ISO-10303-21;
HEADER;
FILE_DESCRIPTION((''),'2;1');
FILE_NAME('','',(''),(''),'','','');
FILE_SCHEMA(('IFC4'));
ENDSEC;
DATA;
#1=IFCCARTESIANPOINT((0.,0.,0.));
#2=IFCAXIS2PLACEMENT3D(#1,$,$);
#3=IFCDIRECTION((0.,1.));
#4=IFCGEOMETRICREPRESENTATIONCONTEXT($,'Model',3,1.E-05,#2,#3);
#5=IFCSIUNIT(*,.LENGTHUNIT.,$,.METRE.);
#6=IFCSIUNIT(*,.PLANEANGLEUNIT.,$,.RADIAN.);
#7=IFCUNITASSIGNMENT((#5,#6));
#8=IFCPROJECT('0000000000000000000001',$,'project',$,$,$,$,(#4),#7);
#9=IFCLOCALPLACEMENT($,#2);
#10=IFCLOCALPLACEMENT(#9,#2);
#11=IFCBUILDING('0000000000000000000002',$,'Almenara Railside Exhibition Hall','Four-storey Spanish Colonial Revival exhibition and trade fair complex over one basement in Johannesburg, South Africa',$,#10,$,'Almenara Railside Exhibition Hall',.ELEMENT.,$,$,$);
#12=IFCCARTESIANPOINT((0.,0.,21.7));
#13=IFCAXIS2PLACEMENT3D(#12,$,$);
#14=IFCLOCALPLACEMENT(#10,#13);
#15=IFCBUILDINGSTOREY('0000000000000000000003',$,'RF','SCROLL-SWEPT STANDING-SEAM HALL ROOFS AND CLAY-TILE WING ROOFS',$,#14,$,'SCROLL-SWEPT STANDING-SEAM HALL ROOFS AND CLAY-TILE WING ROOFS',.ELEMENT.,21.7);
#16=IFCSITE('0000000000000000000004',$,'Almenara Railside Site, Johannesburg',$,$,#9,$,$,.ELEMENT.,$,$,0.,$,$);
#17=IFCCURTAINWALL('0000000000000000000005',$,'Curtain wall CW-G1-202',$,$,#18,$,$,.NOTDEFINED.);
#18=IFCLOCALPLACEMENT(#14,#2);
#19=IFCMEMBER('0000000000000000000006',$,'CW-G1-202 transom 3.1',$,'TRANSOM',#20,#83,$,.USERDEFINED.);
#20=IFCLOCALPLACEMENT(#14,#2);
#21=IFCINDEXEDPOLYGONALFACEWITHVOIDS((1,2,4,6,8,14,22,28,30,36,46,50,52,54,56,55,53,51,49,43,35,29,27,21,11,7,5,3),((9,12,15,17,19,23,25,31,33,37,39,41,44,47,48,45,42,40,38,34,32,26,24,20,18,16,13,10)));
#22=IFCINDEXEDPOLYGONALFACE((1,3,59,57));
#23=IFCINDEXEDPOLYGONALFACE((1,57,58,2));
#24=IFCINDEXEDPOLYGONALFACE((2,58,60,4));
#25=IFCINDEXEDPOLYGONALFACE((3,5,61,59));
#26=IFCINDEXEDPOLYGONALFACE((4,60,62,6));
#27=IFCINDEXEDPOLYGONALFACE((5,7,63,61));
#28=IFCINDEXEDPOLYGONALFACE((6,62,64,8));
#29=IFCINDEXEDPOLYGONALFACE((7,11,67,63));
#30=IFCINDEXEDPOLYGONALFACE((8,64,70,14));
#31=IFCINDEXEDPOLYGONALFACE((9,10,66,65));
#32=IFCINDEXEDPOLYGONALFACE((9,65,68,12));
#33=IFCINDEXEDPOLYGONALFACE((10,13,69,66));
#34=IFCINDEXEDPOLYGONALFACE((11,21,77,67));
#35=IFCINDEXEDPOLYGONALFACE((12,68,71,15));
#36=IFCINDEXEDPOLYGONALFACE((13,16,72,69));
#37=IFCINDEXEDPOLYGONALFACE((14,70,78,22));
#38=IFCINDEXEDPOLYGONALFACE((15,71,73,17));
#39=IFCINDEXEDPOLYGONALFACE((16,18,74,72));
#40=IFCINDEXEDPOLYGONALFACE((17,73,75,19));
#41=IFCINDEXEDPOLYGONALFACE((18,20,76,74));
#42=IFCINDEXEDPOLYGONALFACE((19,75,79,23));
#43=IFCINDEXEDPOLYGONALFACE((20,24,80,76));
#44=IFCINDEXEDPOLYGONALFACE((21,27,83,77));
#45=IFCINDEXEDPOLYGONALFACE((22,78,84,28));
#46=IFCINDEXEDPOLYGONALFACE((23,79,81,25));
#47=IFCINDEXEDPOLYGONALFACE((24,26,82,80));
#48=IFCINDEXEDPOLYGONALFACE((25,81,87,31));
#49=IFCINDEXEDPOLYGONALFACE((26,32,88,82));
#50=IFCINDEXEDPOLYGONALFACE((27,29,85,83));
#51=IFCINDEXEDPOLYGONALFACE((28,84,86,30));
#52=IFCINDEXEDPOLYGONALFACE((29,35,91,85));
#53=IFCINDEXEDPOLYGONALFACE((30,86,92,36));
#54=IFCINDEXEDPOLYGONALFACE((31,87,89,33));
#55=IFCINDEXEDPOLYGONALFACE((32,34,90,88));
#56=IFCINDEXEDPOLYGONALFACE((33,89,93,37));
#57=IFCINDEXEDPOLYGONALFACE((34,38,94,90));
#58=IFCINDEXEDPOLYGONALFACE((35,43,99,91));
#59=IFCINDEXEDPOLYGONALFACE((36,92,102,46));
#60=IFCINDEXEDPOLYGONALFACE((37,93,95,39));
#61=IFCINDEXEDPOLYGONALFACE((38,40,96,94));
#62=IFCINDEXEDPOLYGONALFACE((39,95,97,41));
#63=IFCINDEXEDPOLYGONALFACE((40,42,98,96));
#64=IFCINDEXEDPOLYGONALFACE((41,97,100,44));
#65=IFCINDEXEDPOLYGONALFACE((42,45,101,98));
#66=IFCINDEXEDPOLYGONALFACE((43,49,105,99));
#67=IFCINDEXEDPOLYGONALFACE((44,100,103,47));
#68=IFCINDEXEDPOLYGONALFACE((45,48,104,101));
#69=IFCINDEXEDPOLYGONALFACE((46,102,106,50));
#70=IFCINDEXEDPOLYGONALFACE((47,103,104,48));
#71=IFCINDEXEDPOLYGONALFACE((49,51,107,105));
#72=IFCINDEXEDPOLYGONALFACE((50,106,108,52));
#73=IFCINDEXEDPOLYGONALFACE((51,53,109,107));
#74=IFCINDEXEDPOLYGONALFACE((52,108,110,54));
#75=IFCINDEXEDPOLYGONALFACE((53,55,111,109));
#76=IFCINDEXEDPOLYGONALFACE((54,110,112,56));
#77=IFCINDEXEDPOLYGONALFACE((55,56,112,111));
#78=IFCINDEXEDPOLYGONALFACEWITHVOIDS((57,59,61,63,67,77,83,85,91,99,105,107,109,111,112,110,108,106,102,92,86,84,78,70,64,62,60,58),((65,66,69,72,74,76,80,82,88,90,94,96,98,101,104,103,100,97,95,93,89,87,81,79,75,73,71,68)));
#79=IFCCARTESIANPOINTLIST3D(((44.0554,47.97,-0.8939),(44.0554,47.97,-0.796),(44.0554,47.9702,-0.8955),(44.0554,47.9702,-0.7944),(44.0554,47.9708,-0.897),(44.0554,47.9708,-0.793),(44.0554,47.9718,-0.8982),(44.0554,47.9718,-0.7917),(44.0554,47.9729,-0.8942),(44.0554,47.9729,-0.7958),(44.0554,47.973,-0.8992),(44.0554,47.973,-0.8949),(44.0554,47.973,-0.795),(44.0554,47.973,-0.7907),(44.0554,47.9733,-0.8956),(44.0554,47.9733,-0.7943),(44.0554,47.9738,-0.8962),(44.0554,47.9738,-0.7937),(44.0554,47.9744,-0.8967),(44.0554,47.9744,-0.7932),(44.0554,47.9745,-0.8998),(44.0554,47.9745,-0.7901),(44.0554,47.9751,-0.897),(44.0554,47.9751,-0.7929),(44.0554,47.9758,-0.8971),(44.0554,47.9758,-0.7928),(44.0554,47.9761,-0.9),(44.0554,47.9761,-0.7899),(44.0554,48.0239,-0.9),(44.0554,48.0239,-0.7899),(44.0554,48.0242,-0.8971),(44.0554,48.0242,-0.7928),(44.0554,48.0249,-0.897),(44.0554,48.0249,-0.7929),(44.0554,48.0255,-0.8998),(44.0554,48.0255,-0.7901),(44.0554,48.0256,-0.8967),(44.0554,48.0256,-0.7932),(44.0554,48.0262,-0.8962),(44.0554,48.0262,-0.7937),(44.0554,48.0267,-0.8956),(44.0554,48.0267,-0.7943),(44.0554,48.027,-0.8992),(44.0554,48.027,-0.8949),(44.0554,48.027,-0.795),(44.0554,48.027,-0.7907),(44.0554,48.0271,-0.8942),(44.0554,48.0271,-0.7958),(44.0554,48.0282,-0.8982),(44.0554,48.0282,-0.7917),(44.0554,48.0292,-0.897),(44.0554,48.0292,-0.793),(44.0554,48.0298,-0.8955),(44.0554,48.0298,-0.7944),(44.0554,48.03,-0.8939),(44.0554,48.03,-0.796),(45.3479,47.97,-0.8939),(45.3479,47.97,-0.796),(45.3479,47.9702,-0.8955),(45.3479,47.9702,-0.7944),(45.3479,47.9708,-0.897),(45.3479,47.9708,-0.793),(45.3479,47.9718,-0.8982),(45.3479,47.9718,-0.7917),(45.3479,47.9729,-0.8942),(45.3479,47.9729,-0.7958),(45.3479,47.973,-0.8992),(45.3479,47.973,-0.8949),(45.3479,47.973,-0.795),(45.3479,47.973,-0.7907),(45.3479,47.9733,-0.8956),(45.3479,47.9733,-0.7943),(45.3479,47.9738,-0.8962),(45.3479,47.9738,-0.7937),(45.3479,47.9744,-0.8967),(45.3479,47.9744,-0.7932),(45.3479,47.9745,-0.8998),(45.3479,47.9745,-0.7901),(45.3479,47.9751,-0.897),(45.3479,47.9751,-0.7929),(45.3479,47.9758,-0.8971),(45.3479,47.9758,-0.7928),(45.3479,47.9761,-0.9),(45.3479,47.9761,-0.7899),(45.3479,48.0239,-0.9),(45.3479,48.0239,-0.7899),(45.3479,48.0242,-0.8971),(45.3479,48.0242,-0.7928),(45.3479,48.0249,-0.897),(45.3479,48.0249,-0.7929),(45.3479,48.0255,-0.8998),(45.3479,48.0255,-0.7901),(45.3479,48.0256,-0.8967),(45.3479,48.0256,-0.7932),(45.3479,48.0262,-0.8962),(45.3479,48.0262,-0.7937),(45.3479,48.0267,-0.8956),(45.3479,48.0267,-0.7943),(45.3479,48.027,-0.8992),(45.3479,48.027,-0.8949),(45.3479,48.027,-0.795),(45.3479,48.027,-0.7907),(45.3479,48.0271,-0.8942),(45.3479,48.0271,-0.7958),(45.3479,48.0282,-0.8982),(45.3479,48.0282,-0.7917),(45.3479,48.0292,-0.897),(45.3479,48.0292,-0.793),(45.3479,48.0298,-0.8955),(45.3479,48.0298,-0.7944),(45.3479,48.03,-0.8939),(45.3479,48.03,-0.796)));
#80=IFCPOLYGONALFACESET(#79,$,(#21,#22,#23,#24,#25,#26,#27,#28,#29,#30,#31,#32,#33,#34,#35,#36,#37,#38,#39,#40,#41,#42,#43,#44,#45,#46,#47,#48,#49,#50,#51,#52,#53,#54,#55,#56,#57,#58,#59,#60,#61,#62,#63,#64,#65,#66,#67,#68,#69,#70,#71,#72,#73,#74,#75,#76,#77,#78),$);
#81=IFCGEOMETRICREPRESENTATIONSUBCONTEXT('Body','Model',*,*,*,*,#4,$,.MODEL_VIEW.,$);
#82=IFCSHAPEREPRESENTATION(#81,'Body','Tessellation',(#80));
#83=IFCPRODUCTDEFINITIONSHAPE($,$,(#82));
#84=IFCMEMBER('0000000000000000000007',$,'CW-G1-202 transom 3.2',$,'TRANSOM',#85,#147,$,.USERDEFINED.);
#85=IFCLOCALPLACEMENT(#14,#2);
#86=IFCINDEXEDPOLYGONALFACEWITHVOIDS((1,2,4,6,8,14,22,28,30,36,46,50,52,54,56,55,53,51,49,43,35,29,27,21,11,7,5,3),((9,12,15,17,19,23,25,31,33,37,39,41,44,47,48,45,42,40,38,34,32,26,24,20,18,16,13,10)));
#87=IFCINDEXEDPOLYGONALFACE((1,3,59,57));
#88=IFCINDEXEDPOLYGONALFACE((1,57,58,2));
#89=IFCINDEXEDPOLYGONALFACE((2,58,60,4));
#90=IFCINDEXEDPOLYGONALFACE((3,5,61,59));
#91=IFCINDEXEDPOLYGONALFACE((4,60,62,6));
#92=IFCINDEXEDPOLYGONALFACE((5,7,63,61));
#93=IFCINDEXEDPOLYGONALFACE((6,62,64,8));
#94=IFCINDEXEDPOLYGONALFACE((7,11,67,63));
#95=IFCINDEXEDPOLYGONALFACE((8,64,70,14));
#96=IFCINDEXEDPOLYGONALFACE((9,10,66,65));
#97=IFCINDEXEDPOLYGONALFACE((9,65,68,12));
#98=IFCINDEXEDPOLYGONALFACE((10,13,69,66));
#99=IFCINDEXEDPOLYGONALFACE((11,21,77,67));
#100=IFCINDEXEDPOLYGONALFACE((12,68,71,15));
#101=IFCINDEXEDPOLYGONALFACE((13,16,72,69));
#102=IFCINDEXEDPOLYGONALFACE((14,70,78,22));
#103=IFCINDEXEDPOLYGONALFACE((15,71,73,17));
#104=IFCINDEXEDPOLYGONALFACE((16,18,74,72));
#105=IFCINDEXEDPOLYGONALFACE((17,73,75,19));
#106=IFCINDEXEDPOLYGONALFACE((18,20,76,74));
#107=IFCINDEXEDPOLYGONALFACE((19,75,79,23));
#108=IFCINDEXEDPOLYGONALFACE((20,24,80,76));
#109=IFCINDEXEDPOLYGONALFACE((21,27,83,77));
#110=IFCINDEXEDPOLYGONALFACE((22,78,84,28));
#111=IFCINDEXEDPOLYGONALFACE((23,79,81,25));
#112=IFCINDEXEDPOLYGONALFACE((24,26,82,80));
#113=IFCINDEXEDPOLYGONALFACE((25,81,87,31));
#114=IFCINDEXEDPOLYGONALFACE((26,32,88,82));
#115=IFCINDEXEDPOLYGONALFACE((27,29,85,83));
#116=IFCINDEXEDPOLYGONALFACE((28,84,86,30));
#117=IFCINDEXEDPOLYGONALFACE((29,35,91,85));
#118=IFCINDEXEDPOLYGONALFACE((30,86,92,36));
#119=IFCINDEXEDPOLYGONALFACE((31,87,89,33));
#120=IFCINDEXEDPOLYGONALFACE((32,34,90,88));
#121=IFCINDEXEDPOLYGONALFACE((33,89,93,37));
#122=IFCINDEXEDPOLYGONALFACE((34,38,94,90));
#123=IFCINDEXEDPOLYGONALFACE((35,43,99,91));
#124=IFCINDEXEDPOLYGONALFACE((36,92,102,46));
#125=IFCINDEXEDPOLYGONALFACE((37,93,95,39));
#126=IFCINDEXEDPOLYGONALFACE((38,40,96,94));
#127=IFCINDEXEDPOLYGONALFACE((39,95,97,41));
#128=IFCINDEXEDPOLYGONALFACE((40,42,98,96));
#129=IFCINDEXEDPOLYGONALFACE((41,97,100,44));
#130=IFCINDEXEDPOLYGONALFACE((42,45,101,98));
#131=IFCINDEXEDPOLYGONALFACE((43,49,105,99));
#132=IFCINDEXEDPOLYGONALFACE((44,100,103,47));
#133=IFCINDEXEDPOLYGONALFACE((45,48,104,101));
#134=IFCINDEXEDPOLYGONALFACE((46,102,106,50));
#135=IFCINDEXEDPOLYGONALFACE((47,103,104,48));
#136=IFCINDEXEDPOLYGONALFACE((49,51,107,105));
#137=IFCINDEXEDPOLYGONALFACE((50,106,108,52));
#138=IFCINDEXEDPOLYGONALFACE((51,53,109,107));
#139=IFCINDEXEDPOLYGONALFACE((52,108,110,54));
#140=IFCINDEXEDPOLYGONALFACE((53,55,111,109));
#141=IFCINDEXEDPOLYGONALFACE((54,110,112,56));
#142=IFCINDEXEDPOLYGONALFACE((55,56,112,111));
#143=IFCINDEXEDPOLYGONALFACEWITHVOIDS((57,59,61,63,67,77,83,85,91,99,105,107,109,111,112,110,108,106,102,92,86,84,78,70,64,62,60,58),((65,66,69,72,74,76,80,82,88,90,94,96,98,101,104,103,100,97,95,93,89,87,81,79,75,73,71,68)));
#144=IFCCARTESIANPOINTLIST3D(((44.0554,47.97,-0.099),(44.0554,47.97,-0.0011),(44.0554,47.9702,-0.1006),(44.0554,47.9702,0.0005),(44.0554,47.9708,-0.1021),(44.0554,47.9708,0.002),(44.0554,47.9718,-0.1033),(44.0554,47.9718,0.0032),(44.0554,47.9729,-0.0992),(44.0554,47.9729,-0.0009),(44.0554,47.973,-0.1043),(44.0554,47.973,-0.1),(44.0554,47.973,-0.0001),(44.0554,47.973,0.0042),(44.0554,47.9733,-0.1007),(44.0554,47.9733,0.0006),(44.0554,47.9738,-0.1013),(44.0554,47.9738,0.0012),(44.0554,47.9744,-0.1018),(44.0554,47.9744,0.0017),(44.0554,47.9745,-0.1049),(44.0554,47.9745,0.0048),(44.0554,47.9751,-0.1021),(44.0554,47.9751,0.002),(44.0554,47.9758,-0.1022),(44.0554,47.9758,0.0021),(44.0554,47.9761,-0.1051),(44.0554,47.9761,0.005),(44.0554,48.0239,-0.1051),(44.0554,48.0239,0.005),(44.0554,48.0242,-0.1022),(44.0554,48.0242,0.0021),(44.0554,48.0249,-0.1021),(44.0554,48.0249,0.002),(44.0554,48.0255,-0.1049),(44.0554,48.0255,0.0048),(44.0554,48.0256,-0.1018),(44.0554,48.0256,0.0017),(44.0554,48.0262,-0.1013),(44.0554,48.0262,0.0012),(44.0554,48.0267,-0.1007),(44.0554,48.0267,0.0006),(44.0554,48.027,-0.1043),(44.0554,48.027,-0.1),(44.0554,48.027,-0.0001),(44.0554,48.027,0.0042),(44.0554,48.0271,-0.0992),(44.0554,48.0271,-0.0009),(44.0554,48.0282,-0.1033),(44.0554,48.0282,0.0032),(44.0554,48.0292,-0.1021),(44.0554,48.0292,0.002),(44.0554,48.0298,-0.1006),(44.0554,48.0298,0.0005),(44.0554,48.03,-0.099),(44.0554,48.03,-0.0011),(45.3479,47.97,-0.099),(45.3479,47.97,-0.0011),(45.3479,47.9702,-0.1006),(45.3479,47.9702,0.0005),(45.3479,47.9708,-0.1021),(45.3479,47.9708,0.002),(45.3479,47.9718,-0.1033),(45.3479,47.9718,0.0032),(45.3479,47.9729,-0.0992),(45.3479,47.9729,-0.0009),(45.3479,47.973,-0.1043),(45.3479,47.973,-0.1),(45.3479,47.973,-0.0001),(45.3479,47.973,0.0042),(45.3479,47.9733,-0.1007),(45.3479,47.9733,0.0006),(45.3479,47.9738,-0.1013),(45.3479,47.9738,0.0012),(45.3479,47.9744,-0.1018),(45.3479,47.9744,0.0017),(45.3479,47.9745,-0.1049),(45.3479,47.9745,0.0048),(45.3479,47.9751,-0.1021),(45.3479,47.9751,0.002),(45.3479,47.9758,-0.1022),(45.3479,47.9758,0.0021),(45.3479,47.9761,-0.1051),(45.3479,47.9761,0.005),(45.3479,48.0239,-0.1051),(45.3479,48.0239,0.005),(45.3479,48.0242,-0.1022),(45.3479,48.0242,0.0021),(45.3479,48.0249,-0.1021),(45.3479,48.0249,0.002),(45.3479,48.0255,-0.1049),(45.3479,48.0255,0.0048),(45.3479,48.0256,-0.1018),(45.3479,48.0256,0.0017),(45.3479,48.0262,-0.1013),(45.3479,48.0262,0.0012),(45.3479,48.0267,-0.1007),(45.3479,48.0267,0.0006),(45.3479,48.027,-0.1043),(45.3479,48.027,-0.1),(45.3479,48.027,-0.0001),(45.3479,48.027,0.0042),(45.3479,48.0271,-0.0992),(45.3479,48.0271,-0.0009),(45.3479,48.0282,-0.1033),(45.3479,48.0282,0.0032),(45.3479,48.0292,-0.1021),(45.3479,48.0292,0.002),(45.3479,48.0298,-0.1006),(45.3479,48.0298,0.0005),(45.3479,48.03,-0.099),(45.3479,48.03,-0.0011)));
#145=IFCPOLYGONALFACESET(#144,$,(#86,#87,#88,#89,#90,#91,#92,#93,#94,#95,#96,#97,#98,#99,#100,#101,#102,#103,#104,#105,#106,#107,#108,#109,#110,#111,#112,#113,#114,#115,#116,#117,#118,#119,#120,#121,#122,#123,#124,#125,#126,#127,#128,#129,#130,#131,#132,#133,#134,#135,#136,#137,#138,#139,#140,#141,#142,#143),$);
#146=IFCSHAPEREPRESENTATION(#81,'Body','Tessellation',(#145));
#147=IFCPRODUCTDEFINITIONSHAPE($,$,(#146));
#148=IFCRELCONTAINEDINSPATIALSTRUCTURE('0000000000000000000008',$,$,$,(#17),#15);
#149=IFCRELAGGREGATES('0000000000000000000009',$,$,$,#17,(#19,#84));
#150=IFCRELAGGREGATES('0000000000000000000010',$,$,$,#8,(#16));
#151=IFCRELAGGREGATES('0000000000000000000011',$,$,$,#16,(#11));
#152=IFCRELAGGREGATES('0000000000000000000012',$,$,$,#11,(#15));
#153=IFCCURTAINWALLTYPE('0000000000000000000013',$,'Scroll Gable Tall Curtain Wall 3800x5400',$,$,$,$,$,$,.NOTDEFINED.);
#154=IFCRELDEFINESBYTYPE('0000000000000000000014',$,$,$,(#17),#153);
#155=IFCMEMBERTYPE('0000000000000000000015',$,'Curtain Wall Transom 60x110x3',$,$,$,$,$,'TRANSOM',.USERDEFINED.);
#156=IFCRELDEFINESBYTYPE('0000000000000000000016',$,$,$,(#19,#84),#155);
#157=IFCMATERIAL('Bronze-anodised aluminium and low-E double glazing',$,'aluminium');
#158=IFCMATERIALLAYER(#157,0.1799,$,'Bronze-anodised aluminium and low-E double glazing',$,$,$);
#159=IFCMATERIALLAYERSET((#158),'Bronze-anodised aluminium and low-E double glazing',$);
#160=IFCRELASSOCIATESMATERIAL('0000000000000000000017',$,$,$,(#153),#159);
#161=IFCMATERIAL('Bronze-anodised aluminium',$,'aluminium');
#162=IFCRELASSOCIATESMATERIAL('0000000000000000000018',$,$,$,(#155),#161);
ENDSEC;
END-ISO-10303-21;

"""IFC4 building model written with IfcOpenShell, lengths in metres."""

from ifc_helpers import new_model, si_unit, direction, frame, origin, origin_2d, place, context, subcontext, project, spatial, hollow_rectangle, extrude, material, layer, layer_set, material_profile, profile_set, type_object, element, aggregate, save


model = new_model("IFC4")

# Units and contexts
model_context = context("Model", 3, precision=1e-05, world=origin(), true_north=direction((0.0, 1.0)))
body_context = subcontext(model_context, "Body", "Model", "MODEL_VIEW")
ifc_project = project(units=[si_unit("LENGTHUNIT", "METRE"), si_unit("PLANEANGLEUNIT", "RADIAN")], contexts=[model_context])

# Site, building, storey
site_placement = place(None, origin())
site = spatial("IfcSite", under=ifc_project, at=site_placement, Name="Almenara Railside Site, Johannesburg", CompositionType="ELEMENT", RefElevation=0.0)
building_placement = place(site_placement, origin())
building = spatial("IfcBuilding", under=site, at=building_placement, Name="Almenara Railside Exhibition Hall", Description="Four-storey Spanish Colonial Revival exhibition and trade fair complex over one basement in Johannesburg, South Africa", LongName="Almenara Railside Exhibition Hall", CompositionType="ELEMENT")
storey_placement = place(building_placement, frame((0.0, 0.0, 21.7)))
storey = spatial("IfcBuildingStorey", under=building, at=storey_placement, Name="RF", Description="SCROLL-SWEPT STANDING-SEAM HALL ROOFS AND CLAY-TILE WING ROOFS", LongName="SCROLL-SWEPT STANDING-SEAM HALL ROOFS AND CLAY-TILE WING ROOFS", CompositionType="ELEMENT", Elevation=21.7)

# Shared definitions
ifc_material_1 = material(Name="Bronze-anodised aluminium and low-E double glazing", Category="aluminium")
ifc_layer_1 = layer(ifc_material_1, 0.1799, Name="Bronze-anodised aluminium and low-E double glazing")
ifc_layer_set_1 = layer_set([ifc_layer_1], Name="Bronze-anodised aluminium and low-E double glazing")
curtain_wall_type = type_object("IfcCurtainWallType", Name="Scroll Gable Tall Curtain Wall 3800x5400", PredefinedType="NOTDEFINED", material=ifc_layer_set_1)
ifc_material_2 = material(Name="Bronze-anodised aluminium", Category="aluminium")

# Curtain wall
curtain_wall_1_placement = place(storey_placement, origin())
curtain_wall_1 = element("IfcCurtainWall", 1, at=curtain_wall_1_placement, inside=storey, type_object=curtain_wall_type, Name="Curtain wall CW-G1-202", PredefinedType="NOTDEFINED")

# Members
ifc_material_profile_1 = material_profile(ifc_material_2, hollow_rectangle(XDim=0.0601, YDim=0.1101, WallThickness=0.0029, InnerFilletRadius=0.0029, OuterFilletRadius=0.0061, at=origin_2d()), Name="ALU-TRN 60x110x3")
ifc_profile_set_1 = profile_set([ifc_material_profile_1], Name="Bronze-anodised aluminium")
member_type_1 = type_object("IfcMemberType", Name="Curtain Wall Transom 60x110x3", ElementType="TRANSOM", PredefinedType="USERDEFINED", material=ifc_profile_set_1)
member_1_placement = place(storey_placement, frame((44.0554, 48.0, -0.845), z_axis=(1.0, 0.0, 0.0), x_axis=(0.0, 1.0, 0.0)))
member_1 = element("IfcMember", 2, at=member_1_placement, type_object=member_type_1, Name="CW-G1-202 transom 3.1", ObjectType="TRANSOM", PredefinedType="USERDEFINED", context=body_context, shape_type="SweptSolid", body=[
    extrude(hollow_rectangle(XDim=0.0601, YDim=0.1101, WallThickness=0.0029, InnerFilletRadius=0.0029, OuterFilletRadius=0.0061, at=origin_2d()), origin(), (0.0, 0.0, 1.0), 1.2925),
])
member_2_placement = place(storey_placement, frame((44.0554, 48.0, -0.05), z_axis=(1.0, 0.0, 0.0), x_axis=(0.0, 1.0, 0.0)))
member_2 = element("IfcMember", 3, at=member_2_placement, type_object=member_type_1, Name="CW-G1-202 transom 3.2", ObjectType="TRANSOM", PredefinedType="USERDEFINED", context=body_context, shape_type="SweptSolid", body=[
    extrude(hollow_rectangle(XDim=0.0601, YDim=0.1101, WallThickness=0.0029, InnerFilletRadius=0.0029, OuterFilletRadius=0.0061, at=origin_2d()), origin(), (0.0, 0.0, 1.0), 1.2925),
])

aggregate(curtain_wall_1, [member_1, member_2])

save(model, "model.ifc")
